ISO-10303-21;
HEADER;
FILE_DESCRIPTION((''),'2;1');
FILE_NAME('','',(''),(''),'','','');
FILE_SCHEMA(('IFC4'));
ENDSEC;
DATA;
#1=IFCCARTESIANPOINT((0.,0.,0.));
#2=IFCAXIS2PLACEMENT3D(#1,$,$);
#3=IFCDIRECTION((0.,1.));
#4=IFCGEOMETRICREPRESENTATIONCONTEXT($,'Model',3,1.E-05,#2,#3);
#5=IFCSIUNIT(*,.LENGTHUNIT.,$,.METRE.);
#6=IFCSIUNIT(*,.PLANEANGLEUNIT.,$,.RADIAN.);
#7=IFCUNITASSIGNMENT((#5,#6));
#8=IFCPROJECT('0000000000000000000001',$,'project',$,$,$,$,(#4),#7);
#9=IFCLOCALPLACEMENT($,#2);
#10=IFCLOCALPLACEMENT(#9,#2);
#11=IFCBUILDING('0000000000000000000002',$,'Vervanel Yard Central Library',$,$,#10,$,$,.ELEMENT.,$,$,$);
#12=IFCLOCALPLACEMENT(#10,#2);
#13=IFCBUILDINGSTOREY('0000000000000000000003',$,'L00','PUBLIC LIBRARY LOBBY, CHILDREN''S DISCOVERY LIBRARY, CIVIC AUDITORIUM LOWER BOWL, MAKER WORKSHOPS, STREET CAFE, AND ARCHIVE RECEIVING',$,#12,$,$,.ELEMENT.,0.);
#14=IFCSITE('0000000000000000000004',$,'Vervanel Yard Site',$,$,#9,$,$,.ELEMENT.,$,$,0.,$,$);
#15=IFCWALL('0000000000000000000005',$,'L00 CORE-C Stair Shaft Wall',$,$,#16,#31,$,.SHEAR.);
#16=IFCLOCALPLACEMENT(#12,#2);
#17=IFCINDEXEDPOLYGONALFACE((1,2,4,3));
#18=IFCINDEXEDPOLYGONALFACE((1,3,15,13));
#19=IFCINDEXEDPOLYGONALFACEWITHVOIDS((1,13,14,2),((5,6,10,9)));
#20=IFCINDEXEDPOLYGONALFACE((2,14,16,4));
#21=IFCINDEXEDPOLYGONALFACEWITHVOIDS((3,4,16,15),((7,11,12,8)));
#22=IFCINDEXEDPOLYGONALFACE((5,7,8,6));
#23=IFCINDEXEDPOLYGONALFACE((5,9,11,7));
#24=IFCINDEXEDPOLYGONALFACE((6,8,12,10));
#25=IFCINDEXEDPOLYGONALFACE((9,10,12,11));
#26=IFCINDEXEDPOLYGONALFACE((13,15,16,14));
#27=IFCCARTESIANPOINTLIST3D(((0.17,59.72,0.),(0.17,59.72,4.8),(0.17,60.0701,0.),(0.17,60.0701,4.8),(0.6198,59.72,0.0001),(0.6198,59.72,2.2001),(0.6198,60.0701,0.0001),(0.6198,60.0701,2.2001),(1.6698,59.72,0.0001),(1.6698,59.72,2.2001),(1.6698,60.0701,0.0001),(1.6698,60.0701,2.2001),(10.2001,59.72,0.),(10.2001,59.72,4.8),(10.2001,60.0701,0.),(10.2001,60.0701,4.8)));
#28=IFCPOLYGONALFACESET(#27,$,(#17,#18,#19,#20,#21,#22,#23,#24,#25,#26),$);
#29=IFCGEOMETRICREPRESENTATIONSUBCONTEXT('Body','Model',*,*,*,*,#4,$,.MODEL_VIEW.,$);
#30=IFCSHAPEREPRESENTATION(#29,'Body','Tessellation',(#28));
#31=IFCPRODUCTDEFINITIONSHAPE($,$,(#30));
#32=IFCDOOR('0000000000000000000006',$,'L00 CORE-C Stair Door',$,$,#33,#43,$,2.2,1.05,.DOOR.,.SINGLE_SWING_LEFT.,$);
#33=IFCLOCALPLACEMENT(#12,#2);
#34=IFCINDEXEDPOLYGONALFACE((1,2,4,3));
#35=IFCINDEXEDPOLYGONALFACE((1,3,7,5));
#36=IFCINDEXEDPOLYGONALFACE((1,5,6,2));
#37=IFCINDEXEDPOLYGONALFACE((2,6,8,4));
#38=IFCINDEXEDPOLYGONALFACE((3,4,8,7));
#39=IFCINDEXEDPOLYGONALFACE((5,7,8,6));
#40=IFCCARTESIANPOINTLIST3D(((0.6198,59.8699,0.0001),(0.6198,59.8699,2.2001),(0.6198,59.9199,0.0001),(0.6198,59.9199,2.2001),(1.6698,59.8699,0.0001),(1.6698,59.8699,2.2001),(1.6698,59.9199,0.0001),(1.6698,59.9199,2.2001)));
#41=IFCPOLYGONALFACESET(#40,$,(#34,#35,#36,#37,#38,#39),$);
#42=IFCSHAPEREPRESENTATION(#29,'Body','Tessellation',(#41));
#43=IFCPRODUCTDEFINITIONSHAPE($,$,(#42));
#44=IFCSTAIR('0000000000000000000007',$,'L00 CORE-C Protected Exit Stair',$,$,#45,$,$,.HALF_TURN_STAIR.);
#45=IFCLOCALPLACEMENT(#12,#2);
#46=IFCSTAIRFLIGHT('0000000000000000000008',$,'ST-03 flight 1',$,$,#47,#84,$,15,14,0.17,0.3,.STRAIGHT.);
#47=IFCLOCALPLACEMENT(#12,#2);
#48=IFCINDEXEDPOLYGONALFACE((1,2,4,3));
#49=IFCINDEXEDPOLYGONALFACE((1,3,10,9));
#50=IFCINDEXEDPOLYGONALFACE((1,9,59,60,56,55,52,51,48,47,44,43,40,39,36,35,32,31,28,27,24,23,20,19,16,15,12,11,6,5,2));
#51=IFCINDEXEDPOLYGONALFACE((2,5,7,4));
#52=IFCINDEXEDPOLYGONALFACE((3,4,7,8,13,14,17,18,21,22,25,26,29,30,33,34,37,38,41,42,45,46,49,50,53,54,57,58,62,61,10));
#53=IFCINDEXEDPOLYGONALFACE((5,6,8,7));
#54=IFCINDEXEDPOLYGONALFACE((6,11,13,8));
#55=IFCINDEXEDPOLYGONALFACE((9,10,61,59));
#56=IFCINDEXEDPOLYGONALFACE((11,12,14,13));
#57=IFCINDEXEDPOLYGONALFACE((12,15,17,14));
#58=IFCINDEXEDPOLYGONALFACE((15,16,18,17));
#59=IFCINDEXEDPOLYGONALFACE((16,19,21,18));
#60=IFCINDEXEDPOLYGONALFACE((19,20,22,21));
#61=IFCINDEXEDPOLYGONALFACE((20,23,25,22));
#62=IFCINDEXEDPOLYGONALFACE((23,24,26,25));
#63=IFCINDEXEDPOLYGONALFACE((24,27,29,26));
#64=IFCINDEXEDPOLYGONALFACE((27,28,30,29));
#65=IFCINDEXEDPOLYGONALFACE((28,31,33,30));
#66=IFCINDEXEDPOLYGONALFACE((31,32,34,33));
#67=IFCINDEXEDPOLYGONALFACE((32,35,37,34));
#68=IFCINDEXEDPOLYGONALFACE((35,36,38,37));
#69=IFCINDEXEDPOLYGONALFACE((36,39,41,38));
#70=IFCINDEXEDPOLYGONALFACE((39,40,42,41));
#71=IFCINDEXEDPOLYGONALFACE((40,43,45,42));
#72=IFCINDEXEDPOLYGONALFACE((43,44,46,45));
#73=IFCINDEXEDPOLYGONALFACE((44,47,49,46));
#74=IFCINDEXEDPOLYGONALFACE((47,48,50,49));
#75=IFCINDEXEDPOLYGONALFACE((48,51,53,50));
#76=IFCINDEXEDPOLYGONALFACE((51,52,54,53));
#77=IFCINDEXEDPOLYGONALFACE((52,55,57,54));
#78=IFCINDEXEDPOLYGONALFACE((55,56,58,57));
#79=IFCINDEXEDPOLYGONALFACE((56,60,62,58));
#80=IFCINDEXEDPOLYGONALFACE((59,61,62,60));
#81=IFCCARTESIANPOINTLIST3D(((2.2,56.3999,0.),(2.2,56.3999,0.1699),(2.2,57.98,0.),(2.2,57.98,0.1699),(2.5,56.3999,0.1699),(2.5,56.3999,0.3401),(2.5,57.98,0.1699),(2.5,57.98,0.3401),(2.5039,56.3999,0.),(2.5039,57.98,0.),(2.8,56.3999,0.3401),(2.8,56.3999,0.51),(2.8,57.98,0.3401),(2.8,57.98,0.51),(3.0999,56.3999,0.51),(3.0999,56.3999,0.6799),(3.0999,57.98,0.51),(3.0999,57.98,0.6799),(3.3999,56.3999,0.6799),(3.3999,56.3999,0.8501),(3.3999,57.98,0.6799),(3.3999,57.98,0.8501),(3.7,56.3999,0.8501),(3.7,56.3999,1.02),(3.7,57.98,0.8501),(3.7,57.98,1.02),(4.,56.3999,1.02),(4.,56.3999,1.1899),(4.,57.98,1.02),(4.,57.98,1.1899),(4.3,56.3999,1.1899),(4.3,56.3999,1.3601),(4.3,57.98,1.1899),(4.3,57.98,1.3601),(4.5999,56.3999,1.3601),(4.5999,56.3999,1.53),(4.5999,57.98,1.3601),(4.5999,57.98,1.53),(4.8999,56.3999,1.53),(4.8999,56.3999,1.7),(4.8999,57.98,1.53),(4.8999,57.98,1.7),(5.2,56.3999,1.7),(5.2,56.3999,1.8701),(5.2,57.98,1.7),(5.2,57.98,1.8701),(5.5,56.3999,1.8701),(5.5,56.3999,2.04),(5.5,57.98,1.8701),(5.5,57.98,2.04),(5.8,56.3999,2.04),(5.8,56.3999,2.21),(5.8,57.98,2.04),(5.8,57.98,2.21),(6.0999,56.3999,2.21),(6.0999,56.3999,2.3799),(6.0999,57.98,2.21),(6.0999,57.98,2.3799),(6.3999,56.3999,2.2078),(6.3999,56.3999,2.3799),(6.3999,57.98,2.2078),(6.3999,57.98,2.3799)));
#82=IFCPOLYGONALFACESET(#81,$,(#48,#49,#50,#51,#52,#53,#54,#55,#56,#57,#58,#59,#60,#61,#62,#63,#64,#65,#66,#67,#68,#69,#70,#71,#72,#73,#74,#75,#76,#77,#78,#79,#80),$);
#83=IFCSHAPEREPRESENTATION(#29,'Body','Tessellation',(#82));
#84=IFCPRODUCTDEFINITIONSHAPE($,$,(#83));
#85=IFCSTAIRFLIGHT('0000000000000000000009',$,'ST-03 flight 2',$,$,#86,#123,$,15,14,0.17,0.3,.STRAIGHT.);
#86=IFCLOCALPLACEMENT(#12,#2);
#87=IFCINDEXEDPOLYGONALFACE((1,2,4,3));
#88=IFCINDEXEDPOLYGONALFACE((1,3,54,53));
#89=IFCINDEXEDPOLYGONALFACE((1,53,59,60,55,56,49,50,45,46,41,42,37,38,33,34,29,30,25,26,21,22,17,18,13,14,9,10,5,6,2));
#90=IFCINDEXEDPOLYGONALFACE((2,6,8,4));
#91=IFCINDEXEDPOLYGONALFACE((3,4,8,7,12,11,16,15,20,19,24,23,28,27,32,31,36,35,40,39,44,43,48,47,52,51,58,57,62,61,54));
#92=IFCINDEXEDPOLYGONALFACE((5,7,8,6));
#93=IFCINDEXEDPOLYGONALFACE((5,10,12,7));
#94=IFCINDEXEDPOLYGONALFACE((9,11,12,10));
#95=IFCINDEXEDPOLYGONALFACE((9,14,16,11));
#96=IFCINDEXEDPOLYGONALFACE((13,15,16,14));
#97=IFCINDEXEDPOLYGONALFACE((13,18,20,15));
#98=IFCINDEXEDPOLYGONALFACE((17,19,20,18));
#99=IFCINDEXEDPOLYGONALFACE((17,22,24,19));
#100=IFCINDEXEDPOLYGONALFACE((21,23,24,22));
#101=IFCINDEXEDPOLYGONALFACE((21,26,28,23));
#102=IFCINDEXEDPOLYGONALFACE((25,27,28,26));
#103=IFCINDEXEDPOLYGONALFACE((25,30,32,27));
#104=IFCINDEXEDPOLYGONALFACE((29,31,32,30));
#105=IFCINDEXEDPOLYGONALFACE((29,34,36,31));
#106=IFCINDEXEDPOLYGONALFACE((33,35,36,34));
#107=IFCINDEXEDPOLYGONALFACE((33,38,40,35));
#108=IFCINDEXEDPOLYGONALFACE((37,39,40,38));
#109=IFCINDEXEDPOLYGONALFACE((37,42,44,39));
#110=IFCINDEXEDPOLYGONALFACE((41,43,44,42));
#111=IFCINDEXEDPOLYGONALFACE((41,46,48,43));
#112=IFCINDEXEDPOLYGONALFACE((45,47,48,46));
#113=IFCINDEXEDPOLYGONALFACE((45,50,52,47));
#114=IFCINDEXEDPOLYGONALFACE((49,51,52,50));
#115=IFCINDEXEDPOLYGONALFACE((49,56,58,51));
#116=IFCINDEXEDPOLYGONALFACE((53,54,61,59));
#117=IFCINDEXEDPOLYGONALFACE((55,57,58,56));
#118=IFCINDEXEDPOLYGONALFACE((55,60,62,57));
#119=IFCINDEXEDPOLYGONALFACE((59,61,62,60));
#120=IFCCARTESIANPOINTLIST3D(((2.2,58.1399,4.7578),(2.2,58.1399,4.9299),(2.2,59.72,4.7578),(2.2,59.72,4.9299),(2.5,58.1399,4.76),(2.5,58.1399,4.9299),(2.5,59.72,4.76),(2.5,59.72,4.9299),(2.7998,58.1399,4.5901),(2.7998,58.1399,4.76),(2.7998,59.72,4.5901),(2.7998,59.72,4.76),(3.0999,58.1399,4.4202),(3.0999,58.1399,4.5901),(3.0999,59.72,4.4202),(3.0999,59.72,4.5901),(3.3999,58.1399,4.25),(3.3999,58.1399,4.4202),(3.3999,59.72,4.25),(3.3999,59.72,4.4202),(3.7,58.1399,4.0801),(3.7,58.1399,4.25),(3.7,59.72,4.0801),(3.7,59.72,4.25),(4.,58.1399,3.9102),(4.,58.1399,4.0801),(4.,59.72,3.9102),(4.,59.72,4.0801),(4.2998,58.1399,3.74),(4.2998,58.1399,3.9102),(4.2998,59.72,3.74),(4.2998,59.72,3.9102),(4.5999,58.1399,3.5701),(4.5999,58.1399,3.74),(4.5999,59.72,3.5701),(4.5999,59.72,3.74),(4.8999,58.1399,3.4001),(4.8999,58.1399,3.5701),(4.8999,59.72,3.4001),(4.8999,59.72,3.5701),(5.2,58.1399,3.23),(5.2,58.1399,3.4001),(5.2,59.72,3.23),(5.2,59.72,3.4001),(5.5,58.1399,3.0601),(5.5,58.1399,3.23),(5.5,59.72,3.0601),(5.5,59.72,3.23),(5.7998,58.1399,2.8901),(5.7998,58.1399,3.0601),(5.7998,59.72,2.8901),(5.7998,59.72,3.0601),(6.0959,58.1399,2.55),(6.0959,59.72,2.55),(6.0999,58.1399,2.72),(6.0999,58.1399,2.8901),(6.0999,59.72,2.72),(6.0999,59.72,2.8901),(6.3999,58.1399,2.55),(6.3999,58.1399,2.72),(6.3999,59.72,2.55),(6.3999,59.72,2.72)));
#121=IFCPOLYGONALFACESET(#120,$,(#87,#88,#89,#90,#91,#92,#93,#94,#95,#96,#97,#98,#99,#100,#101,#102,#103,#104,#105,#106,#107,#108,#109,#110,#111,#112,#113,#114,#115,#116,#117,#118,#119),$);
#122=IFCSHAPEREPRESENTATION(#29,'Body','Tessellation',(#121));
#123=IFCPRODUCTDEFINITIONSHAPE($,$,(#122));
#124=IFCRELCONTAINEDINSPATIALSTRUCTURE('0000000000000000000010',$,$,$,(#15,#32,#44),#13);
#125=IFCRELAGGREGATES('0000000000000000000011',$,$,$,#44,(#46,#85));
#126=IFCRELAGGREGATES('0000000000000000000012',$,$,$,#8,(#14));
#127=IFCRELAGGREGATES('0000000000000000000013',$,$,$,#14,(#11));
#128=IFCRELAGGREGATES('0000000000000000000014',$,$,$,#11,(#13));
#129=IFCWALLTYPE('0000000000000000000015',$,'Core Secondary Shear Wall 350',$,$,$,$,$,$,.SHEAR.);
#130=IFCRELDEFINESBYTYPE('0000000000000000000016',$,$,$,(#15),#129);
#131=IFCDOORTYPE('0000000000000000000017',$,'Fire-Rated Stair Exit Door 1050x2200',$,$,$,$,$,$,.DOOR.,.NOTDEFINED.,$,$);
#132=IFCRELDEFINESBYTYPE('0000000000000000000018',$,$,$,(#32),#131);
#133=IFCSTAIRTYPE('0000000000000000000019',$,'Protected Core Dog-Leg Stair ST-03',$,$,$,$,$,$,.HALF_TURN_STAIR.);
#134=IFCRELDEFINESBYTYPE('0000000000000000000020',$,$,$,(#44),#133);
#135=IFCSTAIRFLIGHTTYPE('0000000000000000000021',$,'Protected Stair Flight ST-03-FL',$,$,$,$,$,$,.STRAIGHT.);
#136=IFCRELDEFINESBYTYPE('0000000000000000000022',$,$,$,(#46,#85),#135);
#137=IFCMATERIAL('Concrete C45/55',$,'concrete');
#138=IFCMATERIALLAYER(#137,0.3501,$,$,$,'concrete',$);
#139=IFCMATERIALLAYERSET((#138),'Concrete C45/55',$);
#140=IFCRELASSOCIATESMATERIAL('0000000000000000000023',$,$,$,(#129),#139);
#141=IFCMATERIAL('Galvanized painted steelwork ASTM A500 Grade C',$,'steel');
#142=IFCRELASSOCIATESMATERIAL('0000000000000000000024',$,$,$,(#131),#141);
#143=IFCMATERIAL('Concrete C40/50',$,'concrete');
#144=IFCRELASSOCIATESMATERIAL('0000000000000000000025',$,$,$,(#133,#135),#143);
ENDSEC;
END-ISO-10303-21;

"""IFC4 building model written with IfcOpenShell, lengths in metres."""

from ifc_helpers import new_model, si_unit, direction, frame, frame_2d, origin, place, context, subcontext, project, spatial, polyline, rectangle, outline, extrude, material, layer, layer_set, type_object, element, fill, aggregate, save


model = new_model("IFC4")

# Units and contexts
model_context = context("Model", 3, precision=1e-05, world=origin(), true_north=direction((0.0, 1.0)))
body_context = subcontext(model_context, "Body", "Model", "MODEL_VIEW")
ifc_project = project(units=[si_unit("LENGTHUNIT", "METRE"), si_unit("PLANEANGLEUNIT", "RADIAN")], contexts=[model_context])

# Site, building, storey
site_placement = place(None, origin())
site = spatial("IfcSite", under=ifc_project, at=site_placement, Name="Vervanel Yard Site", CompositionType="ELEMENT", RefElevation=0.0)
building_placement = place(site_placement, origin())
building = spatial("IfcBuilding", under=site, at=building_placement, Name="Vervanel Yard Central Library", CompositionType="ELEMENT")
storey_placement = place(building_placement, origin())
storey = spatial("IfcBuildingStorey", under=building, at=storey_placement, Name="L00", Description="PUBLIC LIBRARY LOBBY, CHILDREN'S DISCOVERY LIBRARY, CIVIC AUDITORIUM LOWER BOWL, MAKER WORKSHOPS, STREET CAFE, AND ARCHIVE RECEIVING", CompositionType="ELEMENT", Elevation=0.0)

# Shared definitions
ifc_material_1 = material(Name="Concrete C40/50", Category="concrete")

# Shared definitions
ifc_material_2 = material(Name="Concrete C45/55", Category="concrete")

# Wall, opening, door
ifc_layer_1 = layer(ifc_material_2, 0.3501, Category="concrete")
ifc_layer_set_1 = layer_set([ifc_layer_1], Name="Concrete C45/55")
wall_type_1 = type_object("IfcWallType", Name="Core Secondary Shear Wall 350", PredefinedType="SHEAR", material=ifc_layer_set_1)
wall_1_placement = place(storey_placement, frame((0.1699, 59.895, 0.0), z_axis=(0.0, 0.0, 1.0), x_axis=(1.0, 0.0, 0.0)))
wall_1 = element("IfcWall", 1, at=wall_1_placement, inside=storey, type_object=wall_type_1, Name="L00 CORE-C Stair Shaft Wall", PredefinedType="SHEAR", context=body_context, shape_type="SweptSolid", body=[
    extrude(rectangle(XDim=10.03, YDim=0.3501, at=frame_2d((5.0151, 0.0))), origin(), (0.0, 0.0, 1.0), 4.8),
])
opening_1_placement = place(wall_1_placement, frame((0.45, 0.0, 0.0)))
opening_1 = element("IfcOpeningElement", 2, at=opening_1_placement, cuts=wall_1, PredefinedType="OPENING", context=body_context, shape_type="SweptSolid", body=[
    extrude(rectangle(XDim=1.05, YDim=2.2, at=frame_2d((0.5249, 1.1001))), frame((0.0, 0.1851, 0.0), z_axis=(0.0, -1.0, 0.0), x_axis=(1.0, 0.0, 0.0)), (0.0, 0.0, 1.0), 0.3701),
])
ifc_material_3 = material(Name="Galvanized painted steelwork ASTM A500 Grade C", Category="steel")
door_type_1 = type_object("IfcDoorType", Name="Fire-Rated Stair Exit Door 1050x2200", OperationType="NOTDEFINED", PredefinedType="DOOR", material=ifc_material_3)
door_1_placement = place(opening_1_placement, origin())
door_1 = element("IfcDoor", 3, at=door_1_placement, inside=storey, type_object=door_type_1, Name="L00 CORE-C Stair Door", OperationType="SINGLE_SWING_LEFT", OverallHeight=2.2, OverallWidth=1.05, PredefinedType="DOOR", context=body_context, shape_type="SweptSolid", body=[
    extrude(rectangle(XDim=1.05, YDim=2.2, at=frame_2d((0.5249, 1.1001))), frame((0.0, 0.0249, 0.0), z_axis=(0.0, -1.0, 0.0), x_axis=(1.0, 0.0, 0.0)), (0.0, 0.0, 1.0), 0.05),
])
fill(opening_1, door_1)

# Stair, stair flights
stair_type = type_object("IfcStairType", Name="Protected Core Dog-Leg Stair ST-03", PredefinedType="HALF_TURN_STAIR", material=ifc_material_1)
stair_placement = place(storey_placement, origin())
stair = element("IfcStair", 4, at=stair_placement, inside=storey, type_object=stair_type, Name="L00 CORE-C Protected Exit Stair", PredefinedType="HALF_TURN_STAIR")
stair_flight_type = type_object("IfcStairFlightType", Name="Protected Stair Flight ST-03-FL", PredefinedType="STRAIGHT", material=ifc_material_1)
stair_flight_1_placement = place(storey_placement, frame((2.2, 57.1899, 0.0), z_axis=(0.0, 0.0, 1.0), x_axis=(1.0, 0.0, 0.0)))
stair_flight_1 = element("IfcStairFlight", 5, at=stair_flight_1_placement, type_object=stair_flight_type, Name="ST-03 flight 1", NumberOfRisers=15, NumberOfTreads=14, PredefinedType="STRAIGHT", RiserHeight=0.17, TreadLength=0.3, context=body_context, shape_type="SweptSolid", body=[
    extrude(outline(polyline([(0.0, 0.0), (0.0, 0.1699), (0.3, 0.1699), (0.3, 0.3401), (0.6001, 0.3401), (0.6001, 0.51), (0.8999, 0.51), (0.8999, 0.6799), (1.2, 0.6799), (1.2, 0.8501), (1.5, 0.8501), (1.5, 1.02), (1.8, 1.02), (1.8, 1.1899), (2.1001, 1.1899), (2.1001, 1.3601), (2.3999, 1.3601), (2.3999, 1.53), (2.7, 1.53), (2.7, 1.7), (3.0, 1.7), (3.0, 1.8701), (3.3, 1.8701), (3.3, 2.04), (3.6001, 2.04), (3.6001, 2.21), (3.8999, 2.21), (3.8999, 2.3799), (4.2, 2.3799), (4.2, 2.55), (4.2, 2.2078), (0.304, 0.0), (0.0, 0.0)])), frame((0.0, 0.79, 0.0), z_axis=(0.0, -1.0, 0.0), x_axis=(1.0, 0.0, 0.0)), (0.0, 0.0, 1.0), 1.5801),
])
stair_flight_2_placement = place(storey_placement, frame((6.3999, 58.9299, 2.55), z_axis=(0.0, 0.0, 1.0), x_axis=(-1.0, 0.0, 0.0)))
stair_flight_2 = element("IfcStairFlight", 6, at=stair_flight_2_placement, type_object=stair_flight_type, Name="ST-03 flight 2", NumberOfRisers=15, NumberOfTreads=14, PredefinedType="STRAIGHT", RiserHeight=0.17, TreadLength=0.3, context=body_context, shape_type="SweptSolid", body=[
    extrude(outline(polyline([(0.0, 0.0), (0.0, 0.1699), (0.3, 0.1699), (0.3, 0.3401), (0.6001, 0.3401), (0.6001, 0.51), (0.8999, 0.51), (0.8999, 0.6799), (1.2, 0.6799), (1.2, 0.8501), (1.5, 0.8501), (1.5, 1.02), (1.8, 1.02), (1.8, 1.1899), (2.1001, 1.1899), (2.1001, 1.3601), (2.3999, 1.3601), (2.3999, 1.53), (2.7, 1.53), (2.7, 1.7), (3.0, 1.7), (3.0, 1.8701), (3.3, 1.8701), (3.3, 2.04), (3.6001, 2.04), (3.6001, 2.21), (3.8999, 2.21), (3.8999, 2.3799), (4.2, 2.3799), (4.2, 2.55), (4.2, 2.2078), (0.304, 0.0), (0.0, 0.0)])), frame((0.0, 0.79, 0.0), z_axis=(0.0, -1.0, 0.0), x_axis=(1.0, 0.0, 0.0)), (0.0, 0.0, 1.0), 1.5801),
])
aggregate(stair, [stair_flight_1, stair_flight_2])

save(model, "model.ifc")
